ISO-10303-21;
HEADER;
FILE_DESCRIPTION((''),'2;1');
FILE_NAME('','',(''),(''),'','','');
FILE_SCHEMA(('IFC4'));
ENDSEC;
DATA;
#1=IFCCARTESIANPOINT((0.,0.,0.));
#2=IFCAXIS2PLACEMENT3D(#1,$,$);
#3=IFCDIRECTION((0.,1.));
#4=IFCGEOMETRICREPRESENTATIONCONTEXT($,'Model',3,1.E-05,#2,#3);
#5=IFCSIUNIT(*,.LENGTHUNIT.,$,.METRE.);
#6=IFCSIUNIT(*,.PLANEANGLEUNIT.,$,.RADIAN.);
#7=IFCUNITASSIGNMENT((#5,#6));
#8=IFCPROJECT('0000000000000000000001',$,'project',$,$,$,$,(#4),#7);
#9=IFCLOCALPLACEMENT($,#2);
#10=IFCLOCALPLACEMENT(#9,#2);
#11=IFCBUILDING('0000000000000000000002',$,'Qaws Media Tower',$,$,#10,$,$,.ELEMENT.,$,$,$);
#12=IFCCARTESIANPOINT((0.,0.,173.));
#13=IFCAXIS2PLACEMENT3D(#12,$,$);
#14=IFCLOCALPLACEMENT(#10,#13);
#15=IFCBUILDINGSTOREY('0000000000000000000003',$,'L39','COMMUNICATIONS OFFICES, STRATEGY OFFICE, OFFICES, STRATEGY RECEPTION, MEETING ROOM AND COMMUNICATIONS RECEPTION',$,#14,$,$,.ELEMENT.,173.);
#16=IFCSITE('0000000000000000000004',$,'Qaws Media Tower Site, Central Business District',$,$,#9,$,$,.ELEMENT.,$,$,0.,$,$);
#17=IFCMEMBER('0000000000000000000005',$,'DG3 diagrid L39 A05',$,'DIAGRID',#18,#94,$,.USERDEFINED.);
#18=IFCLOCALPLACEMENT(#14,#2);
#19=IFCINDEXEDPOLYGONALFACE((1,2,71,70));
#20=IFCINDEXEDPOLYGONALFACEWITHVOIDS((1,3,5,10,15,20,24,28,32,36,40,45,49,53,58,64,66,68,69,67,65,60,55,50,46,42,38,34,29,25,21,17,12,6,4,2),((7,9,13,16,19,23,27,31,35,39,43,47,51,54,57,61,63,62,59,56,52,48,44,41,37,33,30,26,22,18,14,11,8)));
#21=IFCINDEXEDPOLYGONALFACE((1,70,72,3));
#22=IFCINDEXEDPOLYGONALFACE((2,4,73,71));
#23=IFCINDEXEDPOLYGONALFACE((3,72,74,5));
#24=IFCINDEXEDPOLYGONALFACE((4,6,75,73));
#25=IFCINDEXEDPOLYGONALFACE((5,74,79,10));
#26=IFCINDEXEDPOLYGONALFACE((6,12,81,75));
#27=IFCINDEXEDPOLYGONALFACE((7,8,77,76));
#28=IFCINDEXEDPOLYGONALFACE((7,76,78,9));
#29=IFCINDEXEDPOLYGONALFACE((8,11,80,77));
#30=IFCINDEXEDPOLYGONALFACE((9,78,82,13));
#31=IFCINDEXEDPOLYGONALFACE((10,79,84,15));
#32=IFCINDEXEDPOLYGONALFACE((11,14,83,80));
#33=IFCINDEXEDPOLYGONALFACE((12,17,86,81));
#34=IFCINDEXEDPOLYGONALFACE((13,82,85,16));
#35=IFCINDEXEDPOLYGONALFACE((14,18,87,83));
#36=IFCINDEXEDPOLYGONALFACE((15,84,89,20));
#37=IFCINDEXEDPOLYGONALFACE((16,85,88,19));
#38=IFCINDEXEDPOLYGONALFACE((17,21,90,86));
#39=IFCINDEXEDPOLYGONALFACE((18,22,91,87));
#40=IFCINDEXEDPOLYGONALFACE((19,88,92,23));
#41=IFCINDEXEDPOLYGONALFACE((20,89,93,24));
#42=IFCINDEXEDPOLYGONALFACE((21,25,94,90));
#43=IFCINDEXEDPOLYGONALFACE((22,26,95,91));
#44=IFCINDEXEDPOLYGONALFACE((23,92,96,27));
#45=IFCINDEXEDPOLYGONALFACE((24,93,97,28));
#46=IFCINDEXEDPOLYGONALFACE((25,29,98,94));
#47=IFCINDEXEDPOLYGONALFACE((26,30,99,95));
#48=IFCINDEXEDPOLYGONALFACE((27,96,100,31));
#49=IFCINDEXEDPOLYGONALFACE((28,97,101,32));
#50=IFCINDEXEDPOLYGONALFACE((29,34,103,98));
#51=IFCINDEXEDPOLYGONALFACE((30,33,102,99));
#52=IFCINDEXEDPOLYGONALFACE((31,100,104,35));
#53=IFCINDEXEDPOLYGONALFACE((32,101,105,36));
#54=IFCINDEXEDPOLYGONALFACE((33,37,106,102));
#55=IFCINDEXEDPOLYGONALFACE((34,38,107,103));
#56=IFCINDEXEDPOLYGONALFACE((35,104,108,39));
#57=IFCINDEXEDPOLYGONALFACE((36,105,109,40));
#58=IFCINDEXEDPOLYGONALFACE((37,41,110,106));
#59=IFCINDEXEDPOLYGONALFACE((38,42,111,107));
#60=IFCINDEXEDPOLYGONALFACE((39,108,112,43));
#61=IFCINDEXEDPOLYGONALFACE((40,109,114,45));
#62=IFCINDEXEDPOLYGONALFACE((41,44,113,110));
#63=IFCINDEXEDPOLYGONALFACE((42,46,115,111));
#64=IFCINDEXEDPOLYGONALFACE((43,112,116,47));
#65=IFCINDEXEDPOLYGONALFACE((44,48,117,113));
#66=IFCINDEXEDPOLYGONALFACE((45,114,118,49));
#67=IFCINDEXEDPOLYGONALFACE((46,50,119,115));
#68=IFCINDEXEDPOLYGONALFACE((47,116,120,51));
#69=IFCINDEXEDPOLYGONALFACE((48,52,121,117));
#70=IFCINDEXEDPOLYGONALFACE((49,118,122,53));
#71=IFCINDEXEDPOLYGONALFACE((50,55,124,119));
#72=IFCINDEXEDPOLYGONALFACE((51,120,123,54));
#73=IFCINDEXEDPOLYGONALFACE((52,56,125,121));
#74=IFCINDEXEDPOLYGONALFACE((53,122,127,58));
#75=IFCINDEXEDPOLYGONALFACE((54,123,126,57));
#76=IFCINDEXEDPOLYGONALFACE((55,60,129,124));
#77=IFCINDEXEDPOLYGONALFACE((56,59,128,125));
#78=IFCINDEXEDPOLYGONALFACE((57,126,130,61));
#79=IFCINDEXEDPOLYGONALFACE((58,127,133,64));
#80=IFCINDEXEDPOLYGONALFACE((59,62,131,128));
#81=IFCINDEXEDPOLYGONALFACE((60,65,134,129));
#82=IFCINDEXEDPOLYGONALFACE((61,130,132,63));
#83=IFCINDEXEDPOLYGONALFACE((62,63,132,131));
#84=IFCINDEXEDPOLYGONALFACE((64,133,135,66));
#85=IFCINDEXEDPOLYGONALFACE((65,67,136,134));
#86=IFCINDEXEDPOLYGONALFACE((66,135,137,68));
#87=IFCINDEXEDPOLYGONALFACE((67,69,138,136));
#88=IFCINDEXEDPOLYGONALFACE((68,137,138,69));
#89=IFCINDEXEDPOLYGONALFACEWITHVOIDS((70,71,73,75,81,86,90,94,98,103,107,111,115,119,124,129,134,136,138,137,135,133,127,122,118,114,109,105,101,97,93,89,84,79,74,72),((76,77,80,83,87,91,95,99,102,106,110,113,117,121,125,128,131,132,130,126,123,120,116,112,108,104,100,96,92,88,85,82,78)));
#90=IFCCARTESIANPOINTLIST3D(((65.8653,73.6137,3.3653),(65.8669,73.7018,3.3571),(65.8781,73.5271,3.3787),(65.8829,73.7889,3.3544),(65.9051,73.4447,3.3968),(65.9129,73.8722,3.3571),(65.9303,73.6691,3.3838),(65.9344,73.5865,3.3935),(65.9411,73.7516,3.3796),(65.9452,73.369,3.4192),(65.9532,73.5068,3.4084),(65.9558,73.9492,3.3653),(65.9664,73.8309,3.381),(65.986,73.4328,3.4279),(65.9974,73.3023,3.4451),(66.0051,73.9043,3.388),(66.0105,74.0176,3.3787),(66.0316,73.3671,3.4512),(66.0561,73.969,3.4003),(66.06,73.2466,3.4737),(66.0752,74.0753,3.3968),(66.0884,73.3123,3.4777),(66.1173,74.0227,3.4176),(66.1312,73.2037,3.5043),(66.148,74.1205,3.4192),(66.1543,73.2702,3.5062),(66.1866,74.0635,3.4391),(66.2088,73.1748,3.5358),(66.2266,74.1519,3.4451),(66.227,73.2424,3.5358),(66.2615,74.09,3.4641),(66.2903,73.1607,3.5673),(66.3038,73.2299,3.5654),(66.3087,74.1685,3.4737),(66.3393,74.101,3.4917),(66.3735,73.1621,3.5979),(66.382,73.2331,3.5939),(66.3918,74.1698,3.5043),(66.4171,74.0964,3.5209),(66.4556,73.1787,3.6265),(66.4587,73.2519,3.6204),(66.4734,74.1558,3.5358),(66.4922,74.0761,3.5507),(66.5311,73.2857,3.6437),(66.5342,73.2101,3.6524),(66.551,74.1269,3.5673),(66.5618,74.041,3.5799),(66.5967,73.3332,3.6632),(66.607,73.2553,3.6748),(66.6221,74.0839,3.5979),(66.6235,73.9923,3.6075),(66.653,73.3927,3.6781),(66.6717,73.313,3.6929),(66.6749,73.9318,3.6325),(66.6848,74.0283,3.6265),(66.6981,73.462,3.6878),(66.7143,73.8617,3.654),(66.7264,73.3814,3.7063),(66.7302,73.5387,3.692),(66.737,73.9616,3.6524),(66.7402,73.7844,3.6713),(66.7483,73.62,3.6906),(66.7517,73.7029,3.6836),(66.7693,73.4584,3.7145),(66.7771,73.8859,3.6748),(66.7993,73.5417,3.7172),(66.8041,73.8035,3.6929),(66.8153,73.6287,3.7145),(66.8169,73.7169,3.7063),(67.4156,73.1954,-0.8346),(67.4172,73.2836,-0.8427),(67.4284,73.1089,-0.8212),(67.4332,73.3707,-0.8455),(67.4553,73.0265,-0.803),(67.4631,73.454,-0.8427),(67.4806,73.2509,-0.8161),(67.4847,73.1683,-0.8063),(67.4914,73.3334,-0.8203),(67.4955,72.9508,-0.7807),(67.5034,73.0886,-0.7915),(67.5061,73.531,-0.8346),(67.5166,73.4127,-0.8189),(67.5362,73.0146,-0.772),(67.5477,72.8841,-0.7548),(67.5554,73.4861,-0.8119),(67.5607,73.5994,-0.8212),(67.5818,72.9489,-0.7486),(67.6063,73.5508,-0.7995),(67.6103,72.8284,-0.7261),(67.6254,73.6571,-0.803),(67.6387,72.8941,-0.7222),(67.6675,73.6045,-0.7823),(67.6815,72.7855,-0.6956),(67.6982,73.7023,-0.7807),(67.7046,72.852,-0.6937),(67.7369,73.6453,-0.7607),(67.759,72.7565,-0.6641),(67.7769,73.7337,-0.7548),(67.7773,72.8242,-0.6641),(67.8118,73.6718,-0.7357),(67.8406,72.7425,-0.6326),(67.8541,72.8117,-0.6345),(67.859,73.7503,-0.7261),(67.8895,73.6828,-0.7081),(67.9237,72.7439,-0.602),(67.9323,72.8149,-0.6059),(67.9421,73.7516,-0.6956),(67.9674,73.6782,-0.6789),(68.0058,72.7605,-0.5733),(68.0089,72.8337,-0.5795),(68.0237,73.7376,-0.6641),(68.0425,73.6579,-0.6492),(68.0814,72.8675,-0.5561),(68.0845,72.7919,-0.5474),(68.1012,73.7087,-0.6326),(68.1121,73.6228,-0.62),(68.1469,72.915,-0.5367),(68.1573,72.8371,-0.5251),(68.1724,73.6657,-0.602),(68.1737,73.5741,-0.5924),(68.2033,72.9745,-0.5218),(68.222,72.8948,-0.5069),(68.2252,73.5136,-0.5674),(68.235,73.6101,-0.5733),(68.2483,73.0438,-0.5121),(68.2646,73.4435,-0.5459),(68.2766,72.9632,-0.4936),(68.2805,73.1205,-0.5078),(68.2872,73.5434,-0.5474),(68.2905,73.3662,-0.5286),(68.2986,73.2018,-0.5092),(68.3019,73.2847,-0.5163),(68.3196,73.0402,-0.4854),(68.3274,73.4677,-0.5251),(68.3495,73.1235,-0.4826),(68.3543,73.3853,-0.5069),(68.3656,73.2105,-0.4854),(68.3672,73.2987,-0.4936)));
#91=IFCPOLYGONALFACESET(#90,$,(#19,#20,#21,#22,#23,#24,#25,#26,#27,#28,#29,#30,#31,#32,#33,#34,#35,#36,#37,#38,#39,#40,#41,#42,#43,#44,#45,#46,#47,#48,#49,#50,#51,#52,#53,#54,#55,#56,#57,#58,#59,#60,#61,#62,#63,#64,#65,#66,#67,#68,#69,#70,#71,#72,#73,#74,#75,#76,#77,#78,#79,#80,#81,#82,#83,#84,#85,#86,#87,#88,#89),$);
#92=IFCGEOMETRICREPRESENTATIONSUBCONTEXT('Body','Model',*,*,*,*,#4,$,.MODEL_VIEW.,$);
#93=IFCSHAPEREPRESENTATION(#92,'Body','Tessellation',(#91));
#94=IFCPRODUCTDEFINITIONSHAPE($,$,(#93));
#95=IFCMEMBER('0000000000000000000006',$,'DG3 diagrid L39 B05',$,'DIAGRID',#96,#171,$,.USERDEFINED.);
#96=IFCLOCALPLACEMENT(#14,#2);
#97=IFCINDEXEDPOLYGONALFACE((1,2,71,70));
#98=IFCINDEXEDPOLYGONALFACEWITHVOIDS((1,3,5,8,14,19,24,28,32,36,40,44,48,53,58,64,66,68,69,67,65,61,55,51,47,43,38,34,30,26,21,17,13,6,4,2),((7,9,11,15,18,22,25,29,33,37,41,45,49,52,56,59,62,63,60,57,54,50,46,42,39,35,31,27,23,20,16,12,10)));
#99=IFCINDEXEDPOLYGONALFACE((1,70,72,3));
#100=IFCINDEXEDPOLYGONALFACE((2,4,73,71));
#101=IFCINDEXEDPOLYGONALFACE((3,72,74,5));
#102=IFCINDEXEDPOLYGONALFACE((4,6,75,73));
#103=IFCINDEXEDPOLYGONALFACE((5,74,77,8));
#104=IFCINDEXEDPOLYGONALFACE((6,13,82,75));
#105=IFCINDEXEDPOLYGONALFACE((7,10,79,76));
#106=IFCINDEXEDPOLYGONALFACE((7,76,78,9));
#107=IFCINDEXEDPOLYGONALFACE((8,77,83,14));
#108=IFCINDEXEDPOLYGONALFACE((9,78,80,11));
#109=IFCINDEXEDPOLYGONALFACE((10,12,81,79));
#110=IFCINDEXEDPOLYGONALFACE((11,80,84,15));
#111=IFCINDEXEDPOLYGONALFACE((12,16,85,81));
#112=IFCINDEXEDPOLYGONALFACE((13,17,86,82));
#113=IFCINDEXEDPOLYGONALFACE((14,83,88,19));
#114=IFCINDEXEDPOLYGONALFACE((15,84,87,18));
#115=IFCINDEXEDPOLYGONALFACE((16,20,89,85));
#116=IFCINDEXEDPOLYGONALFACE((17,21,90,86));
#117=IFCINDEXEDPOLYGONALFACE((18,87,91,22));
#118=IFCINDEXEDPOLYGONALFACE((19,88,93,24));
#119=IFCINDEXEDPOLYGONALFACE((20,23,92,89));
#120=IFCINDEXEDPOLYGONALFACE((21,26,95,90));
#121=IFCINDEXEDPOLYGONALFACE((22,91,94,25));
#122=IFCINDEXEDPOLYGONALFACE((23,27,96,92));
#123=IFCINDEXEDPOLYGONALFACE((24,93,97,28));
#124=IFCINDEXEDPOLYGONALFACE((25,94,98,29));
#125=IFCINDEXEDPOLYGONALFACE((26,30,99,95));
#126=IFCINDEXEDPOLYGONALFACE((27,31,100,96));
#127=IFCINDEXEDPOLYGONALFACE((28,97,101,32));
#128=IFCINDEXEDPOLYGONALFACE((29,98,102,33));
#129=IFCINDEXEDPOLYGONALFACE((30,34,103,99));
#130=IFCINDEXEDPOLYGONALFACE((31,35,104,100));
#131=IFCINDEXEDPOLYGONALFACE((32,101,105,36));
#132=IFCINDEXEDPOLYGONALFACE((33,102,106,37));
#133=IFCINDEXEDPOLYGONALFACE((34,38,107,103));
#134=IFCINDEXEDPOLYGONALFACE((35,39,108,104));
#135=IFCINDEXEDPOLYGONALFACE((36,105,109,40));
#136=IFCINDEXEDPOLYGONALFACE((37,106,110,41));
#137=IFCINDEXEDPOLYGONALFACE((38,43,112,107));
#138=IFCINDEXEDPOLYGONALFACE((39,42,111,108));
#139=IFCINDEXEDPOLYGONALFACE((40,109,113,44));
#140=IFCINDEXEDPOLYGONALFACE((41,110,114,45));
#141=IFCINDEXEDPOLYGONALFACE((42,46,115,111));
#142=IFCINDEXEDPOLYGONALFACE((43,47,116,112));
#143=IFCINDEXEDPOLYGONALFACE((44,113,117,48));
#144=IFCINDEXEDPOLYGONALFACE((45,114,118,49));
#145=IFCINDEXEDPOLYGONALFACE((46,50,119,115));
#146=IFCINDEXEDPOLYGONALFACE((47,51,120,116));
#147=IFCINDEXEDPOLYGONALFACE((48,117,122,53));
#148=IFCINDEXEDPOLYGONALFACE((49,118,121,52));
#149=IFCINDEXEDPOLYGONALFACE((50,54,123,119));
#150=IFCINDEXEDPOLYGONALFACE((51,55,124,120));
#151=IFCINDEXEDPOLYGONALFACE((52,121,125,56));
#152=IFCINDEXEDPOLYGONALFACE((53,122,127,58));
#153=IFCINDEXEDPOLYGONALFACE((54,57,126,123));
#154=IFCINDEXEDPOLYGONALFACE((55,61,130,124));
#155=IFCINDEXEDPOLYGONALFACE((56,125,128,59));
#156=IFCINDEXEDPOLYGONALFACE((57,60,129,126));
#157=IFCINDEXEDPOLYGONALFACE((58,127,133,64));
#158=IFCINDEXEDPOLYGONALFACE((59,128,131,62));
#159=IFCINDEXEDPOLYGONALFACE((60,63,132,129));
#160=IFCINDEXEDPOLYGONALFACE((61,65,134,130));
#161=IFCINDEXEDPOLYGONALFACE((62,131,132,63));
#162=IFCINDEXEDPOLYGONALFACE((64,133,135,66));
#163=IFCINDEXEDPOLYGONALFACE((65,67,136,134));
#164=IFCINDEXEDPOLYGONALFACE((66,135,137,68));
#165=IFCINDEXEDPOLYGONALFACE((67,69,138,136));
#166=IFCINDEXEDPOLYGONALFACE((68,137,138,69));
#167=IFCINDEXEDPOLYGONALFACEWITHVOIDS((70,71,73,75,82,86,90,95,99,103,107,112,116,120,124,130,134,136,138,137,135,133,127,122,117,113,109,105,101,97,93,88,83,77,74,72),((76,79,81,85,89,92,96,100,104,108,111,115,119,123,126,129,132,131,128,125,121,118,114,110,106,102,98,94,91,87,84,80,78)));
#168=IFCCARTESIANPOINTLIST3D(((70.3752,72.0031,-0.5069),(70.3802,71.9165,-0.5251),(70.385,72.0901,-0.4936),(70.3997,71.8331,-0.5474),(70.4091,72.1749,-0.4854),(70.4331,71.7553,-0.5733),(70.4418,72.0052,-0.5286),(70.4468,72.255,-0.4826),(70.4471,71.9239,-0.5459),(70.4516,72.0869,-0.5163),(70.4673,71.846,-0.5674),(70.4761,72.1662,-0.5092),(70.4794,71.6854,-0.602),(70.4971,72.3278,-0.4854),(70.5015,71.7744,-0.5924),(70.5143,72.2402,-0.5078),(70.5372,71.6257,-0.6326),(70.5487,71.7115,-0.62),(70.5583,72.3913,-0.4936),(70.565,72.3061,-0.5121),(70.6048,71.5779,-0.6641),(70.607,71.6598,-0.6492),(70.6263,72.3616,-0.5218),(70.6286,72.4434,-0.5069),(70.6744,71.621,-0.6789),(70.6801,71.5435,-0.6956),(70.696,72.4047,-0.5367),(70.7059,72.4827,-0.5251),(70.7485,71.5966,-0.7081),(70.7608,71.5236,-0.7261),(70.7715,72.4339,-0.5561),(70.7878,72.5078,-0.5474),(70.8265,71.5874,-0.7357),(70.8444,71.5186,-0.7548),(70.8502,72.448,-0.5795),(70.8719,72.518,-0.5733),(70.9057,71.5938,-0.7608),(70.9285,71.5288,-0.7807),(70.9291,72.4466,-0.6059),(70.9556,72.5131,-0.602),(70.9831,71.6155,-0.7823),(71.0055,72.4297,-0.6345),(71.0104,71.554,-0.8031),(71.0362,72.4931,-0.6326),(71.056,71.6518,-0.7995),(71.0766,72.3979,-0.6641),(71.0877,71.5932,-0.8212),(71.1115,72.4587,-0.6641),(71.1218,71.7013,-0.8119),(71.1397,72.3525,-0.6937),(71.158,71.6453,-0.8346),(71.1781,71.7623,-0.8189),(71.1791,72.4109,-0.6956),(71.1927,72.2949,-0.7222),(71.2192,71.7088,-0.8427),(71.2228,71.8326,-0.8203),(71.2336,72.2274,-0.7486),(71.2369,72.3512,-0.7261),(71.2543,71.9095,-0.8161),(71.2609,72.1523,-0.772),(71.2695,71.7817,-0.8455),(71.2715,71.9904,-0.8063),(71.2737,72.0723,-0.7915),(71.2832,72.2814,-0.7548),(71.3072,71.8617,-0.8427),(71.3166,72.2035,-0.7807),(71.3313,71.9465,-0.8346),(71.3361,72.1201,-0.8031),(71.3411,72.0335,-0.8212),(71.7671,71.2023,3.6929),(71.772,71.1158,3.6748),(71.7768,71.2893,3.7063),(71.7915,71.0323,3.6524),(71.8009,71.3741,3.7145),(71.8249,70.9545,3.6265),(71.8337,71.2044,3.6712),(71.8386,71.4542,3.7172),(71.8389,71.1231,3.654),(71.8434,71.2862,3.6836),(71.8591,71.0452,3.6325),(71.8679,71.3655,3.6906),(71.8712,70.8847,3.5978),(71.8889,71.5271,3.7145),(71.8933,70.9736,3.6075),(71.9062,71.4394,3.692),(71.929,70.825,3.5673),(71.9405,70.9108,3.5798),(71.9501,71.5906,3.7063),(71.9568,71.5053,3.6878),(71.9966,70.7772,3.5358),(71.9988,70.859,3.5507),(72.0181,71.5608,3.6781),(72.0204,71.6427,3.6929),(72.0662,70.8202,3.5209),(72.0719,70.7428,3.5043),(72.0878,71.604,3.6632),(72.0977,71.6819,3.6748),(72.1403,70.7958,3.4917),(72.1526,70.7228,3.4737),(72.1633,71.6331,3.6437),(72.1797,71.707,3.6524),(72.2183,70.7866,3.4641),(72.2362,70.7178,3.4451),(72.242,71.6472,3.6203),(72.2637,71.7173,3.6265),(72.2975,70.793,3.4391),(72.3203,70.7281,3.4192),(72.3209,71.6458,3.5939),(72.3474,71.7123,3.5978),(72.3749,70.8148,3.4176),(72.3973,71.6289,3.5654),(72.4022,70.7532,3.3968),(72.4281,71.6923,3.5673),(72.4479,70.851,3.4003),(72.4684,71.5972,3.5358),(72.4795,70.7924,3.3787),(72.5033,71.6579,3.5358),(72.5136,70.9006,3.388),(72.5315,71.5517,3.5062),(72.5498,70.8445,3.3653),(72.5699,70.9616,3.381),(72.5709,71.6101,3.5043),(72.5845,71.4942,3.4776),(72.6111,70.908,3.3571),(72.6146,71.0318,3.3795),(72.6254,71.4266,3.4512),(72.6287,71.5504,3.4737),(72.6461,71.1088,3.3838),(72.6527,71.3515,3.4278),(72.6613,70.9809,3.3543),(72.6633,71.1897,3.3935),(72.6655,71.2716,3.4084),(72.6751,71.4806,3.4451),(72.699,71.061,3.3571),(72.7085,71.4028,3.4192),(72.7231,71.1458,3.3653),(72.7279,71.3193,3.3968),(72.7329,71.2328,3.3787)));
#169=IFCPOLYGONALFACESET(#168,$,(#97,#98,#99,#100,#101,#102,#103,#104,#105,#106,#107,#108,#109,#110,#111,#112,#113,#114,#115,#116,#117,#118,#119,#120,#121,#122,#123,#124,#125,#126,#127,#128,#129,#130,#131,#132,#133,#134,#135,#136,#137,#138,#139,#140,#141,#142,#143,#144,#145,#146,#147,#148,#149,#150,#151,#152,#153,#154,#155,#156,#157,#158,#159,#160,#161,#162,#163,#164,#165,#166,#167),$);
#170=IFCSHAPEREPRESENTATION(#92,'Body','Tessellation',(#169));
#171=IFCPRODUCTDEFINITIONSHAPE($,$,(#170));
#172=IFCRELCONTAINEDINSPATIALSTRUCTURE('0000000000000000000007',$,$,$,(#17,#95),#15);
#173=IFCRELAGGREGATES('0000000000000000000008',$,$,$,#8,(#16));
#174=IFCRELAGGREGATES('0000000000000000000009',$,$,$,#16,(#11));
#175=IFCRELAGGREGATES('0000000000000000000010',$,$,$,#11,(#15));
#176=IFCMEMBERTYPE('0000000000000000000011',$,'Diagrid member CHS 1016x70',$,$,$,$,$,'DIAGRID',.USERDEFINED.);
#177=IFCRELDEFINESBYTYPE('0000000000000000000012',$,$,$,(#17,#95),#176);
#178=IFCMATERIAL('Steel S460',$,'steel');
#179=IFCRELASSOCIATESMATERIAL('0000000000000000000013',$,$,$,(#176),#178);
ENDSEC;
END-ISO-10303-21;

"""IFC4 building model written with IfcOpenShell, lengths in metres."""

from ifc_helpers import new_model, si_unit, direction, frame, origin, origin_2d, place, context, subcontext, project, spatial, hollow_circle, extrude, material, material_profile, profile_set, type_object, element, save


model = new_model("IFC4")

# Units and contexts
model_context = context("Model", 3, precision=1e-05, world=origin(), true_north=direction((0.0, 1.0)))
body_context = subcontext(model_context, "Body", "Model", "MODEL_VIEW")
ifc_project = project(units=[si_unit("LENGTHUNIT", "METRE"), si_unit("PLANEANGLEUNIT", "RADIAN")], contexts=[model_context])

# Site, building, storey
site_placement = place(None, origin())
site = spatial("IfcSite", under=ifc_project, at=site_placement, Name="Qaws Media Tower Site, Central Business District", CompositionType="ELEMENT", RefElevation=0.0)
building_placement = place(site_placement, origin())
building = spatial("IfcBuilding", under=site, at=building_placement, Name="Qaws Media Tower", CompositionType="ELEMENT")
storey_placement = place(building_placement, frame((0.0, 0.0, 173.0)))
storey = spatial("IfcBuildingStorey", under=building, at=storey_placement, Name="L39", Description="COMMUNICATIONS OFFICES, STRATEGY OFFICE, OFFICES, STRATEGY RECEPTION, MEETING ROOM AND COMMUNICATIONS RECEPTION", CompositionType="ELEMENT", Elevation=173.0)

# Members
ifc_material_1 = material(Name="Steel S460", Category="steel")
ifc_material_profile_1 = material_profile(ifc_material_1, hollow_circle(Radius=0.5081, WallThickness=0.0701, at=origin_2d()), Name="CHS 1016x70")
ifc_profile_set_1 = profile_set([ifc_material_profile_1], Name="Steel S460")
member_type_1 = type_object("IfcMemberType", Name="Diagrid member CHS 1016x70", ElementType="DIAGRID", PredefinedType="USERDEFINED", material=ifc_profile_set_1)
for number, where, z_axis, x_axis, name in (
    (1, (67.8914, 73.2471, -0.6641), (-0.344783, 0.09301, 0.934063), (-0.260453, -0.965486, 0.0), "DG3 diagrid L39 A05"),
    (2, (70.8582, 72.0183, -0.6641), (0.309543, -0.178092, 0.934059), (0.498691, 0.86678, 0.0), "DG3 diagrid L39 B05"),
):
    element("IfcMember", number, at=place(storey_placement, frame(where, z_axis=z_axis, x_axis=x_axis)), inside=storey, type_object=member_type_1, Name=name, ObjectType="DIAGRID", PredefinedType="USERDEFINED", context=body_context, shape_type="SweptSolid", body=[
        extrude(hollow_circle(Radius=0.5081, WallThickness=0.0701, at=origin_2d()), origin(), (0.0, 0.0, 1.0), 4.4963),
    ])

save(model, "model.ifc")
